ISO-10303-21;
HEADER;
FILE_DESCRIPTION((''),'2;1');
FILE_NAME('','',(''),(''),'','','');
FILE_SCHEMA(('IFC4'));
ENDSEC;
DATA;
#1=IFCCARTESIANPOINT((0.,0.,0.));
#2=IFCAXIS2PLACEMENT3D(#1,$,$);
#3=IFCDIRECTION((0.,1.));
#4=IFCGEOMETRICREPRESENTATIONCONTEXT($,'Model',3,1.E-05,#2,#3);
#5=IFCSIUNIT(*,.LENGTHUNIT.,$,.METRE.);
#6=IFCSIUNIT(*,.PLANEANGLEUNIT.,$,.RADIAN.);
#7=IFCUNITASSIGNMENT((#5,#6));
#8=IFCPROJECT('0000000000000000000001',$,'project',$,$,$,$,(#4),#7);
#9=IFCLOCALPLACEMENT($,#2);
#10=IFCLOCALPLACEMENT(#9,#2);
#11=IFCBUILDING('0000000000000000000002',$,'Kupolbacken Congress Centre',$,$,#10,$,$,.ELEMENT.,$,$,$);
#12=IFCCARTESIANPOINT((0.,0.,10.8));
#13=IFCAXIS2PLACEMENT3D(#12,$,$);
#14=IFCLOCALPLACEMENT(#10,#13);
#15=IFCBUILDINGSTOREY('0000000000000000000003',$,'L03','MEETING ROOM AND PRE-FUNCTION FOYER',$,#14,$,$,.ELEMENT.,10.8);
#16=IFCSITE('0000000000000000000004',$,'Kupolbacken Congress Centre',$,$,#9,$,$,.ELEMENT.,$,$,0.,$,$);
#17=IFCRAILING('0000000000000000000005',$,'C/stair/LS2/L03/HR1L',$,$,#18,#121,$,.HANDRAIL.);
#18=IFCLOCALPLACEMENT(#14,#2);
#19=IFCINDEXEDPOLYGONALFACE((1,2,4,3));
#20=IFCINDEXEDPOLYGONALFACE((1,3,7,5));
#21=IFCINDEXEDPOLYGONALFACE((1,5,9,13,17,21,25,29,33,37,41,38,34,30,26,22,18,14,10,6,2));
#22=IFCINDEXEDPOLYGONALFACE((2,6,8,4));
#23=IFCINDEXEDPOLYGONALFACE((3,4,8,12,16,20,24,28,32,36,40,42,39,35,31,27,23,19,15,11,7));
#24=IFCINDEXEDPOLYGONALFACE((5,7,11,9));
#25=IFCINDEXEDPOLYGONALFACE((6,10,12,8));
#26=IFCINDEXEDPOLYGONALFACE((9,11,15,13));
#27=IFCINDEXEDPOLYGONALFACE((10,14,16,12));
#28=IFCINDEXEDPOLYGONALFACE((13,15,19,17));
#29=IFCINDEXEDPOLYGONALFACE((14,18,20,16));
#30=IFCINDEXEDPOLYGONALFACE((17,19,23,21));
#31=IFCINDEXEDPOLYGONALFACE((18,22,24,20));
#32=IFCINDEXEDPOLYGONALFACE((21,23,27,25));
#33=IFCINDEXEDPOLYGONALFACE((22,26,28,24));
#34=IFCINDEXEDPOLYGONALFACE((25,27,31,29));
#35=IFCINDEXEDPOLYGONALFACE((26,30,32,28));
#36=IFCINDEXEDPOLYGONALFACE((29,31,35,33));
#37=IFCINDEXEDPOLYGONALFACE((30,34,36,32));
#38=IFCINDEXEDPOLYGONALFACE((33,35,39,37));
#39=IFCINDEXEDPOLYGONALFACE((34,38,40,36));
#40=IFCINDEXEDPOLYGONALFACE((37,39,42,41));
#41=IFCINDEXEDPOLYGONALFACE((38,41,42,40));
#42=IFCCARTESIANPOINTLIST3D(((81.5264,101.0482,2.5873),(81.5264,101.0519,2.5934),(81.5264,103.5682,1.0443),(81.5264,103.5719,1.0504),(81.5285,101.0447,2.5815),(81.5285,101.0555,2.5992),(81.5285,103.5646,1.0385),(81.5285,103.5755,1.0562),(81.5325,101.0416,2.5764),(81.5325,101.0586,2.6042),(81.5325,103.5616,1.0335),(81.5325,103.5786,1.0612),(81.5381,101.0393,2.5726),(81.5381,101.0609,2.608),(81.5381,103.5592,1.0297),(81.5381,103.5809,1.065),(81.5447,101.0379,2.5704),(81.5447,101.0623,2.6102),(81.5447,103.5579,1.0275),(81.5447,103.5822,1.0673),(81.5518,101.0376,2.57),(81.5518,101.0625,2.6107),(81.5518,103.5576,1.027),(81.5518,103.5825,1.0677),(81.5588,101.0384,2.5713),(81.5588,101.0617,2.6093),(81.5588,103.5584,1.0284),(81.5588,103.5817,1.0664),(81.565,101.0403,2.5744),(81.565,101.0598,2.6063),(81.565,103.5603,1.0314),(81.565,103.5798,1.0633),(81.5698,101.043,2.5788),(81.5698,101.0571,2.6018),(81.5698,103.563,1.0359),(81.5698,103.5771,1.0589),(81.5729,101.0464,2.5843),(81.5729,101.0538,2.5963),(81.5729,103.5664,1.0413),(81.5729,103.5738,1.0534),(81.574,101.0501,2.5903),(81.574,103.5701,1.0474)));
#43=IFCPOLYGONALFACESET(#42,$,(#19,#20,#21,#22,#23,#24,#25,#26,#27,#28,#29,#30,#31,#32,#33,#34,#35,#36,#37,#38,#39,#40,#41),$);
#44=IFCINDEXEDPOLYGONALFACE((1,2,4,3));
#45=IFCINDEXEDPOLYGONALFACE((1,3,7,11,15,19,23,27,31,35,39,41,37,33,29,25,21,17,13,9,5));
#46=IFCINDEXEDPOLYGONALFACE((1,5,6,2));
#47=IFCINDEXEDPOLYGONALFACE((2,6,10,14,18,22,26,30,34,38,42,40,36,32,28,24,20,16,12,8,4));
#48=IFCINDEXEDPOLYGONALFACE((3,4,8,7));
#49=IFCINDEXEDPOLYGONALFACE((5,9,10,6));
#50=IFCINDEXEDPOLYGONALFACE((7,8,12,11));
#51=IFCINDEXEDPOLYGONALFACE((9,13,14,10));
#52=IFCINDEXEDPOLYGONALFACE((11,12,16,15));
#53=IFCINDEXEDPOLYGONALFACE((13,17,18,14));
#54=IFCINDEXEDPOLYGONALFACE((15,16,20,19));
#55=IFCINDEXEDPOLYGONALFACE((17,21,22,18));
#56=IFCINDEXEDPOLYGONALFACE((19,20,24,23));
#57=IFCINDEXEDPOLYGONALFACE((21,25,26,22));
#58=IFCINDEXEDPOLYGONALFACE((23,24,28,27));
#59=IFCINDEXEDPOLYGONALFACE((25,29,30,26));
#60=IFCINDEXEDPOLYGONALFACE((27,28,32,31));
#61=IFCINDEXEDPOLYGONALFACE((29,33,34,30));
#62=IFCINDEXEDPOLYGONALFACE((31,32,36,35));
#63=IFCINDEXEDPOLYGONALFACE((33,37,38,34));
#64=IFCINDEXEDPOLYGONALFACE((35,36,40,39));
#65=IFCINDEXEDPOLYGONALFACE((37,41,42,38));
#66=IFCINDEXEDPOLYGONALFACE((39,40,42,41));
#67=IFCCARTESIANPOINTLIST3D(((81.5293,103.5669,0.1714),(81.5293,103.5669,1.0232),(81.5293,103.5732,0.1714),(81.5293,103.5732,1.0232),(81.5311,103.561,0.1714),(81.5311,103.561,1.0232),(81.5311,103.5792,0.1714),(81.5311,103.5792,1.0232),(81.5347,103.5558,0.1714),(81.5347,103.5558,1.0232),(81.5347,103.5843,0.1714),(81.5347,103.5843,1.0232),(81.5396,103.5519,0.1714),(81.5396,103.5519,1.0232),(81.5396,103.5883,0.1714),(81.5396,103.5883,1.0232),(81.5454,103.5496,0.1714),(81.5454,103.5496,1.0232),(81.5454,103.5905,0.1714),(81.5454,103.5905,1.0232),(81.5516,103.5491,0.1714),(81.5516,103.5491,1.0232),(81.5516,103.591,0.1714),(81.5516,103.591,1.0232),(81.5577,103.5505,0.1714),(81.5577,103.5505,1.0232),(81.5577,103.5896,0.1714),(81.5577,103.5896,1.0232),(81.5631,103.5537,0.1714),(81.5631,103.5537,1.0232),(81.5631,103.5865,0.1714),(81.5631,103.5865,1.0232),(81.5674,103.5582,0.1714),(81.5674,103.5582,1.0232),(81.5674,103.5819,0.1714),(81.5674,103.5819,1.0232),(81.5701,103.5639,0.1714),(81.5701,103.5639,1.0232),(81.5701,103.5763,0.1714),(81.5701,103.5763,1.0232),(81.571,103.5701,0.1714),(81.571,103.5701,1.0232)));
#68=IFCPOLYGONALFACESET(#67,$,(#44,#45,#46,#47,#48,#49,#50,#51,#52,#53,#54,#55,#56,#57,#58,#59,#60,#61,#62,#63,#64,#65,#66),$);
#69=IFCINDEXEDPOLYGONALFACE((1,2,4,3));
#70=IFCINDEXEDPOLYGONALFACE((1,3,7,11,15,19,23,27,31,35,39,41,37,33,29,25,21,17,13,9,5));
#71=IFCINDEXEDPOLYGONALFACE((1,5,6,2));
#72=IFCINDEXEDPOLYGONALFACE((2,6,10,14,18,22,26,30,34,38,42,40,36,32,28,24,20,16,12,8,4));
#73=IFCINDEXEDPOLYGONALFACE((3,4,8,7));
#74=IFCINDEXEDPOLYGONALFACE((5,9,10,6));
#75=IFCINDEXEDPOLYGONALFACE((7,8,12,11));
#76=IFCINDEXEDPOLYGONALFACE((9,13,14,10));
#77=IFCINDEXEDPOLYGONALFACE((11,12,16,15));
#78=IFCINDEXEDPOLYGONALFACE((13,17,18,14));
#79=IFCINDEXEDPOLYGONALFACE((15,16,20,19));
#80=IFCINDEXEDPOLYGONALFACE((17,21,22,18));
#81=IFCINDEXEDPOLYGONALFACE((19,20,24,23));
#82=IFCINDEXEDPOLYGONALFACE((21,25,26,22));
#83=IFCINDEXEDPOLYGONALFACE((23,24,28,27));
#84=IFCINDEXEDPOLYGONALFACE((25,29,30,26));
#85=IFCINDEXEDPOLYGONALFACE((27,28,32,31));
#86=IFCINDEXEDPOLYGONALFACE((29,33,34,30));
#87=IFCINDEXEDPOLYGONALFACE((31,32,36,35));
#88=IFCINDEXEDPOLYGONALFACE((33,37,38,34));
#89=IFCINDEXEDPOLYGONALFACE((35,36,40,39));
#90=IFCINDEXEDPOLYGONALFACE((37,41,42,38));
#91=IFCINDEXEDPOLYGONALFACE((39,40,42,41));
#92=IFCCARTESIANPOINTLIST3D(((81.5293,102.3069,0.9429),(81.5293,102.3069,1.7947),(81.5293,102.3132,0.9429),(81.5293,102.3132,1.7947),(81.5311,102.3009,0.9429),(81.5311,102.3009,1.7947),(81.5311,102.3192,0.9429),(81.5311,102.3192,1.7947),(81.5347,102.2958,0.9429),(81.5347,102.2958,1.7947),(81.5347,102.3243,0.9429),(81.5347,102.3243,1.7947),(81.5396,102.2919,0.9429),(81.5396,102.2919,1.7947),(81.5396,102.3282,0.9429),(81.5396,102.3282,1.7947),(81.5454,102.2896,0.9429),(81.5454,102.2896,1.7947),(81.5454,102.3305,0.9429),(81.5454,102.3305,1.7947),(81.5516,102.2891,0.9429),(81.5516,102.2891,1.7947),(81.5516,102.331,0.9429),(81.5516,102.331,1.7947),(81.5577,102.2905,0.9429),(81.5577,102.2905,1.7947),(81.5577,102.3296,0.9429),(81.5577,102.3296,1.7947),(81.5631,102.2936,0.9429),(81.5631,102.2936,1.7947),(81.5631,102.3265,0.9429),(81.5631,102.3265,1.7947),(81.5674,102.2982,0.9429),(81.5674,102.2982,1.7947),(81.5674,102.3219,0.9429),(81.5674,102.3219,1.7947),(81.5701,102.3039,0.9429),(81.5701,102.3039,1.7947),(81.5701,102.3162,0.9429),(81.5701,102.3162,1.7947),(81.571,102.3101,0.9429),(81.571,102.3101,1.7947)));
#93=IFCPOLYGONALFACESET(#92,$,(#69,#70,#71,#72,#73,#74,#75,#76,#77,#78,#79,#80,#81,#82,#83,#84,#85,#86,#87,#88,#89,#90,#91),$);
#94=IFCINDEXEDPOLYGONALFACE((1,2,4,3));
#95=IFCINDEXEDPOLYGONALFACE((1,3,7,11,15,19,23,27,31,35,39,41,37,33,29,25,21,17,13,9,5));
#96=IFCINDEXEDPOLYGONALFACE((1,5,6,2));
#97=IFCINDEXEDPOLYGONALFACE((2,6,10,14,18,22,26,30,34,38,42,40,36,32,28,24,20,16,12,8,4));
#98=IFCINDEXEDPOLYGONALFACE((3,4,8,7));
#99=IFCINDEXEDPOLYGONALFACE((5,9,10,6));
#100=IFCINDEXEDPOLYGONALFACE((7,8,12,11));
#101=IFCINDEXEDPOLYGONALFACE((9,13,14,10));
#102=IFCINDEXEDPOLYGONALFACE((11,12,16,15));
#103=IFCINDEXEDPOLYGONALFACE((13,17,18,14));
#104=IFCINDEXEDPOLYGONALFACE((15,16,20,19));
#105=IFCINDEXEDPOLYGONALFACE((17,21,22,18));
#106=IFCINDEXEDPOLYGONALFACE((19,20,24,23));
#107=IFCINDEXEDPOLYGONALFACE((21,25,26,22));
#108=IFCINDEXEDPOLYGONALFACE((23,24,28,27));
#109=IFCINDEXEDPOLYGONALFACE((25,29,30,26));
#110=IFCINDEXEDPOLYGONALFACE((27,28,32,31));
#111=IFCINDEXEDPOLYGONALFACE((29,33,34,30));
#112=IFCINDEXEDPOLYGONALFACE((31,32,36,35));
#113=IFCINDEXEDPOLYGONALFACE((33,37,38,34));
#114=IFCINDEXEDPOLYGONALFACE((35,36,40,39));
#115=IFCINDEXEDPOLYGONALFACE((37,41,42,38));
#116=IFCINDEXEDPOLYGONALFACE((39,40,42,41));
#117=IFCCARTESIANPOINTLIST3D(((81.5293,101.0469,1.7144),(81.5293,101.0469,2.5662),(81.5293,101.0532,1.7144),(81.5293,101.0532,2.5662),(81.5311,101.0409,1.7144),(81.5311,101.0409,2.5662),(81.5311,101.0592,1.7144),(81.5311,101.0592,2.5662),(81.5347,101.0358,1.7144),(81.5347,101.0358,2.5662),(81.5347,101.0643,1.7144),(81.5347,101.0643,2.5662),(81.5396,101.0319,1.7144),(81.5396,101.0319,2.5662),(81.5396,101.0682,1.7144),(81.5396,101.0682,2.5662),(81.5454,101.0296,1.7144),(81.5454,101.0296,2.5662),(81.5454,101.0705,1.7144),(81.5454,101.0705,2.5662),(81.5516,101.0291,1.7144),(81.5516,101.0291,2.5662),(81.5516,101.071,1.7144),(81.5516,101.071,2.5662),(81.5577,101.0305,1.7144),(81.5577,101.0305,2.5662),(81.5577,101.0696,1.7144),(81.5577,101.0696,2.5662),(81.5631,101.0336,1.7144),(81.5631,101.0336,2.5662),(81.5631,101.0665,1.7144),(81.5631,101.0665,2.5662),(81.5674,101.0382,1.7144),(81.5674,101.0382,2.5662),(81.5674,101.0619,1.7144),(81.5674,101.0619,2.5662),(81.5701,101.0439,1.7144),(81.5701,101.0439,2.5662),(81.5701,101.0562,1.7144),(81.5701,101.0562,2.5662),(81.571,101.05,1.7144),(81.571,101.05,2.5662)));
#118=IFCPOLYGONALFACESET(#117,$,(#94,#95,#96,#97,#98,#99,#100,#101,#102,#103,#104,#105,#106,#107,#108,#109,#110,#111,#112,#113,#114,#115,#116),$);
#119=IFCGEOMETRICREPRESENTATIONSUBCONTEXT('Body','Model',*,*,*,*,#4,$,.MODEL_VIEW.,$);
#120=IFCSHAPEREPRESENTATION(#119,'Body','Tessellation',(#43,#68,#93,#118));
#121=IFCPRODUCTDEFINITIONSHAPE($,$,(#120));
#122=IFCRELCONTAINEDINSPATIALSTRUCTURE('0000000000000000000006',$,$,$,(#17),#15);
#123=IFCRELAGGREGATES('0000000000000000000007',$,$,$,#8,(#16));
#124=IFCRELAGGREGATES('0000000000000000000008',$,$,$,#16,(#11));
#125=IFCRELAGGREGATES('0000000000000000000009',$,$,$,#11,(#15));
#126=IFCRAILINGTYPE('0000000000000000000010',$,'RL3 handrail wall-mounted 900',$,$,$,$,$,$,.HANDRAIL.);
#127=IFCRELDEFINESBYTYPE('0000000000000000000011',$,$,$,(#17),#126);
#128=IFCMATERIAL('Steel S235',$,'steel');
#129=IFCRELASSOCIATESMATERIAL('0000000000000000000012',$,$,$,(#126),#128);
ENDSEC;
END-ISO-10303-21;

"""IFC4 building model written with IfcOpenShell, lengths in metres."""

from ifc_helpers import new_model, si_unit, direction, frame, origin, origin_2d, place, context, subcontext, project, spatial, circle, extrude, material, type_object, element, save


model = new_model("IFC4")

# Units and contexts
model_context = context("Model", 3, precision=1e-05, world=origin(), true_north=direction((0.0, 1.0)))
body_context = subcontext(model_context, "Body", "Model", "MODEL_VIEW")
ifc_project = project(units=[si_unit("LENGTHUNIT", "METRE"), si_unit("PLANEANGLEUNIT", "RADIAN")], contexts=[model_context])

# Site, building, storey
site_placement = place(None, origin())
site = spatial("IfcSite", under=ifc_project, at=site_placement, Name="Kupolbacken Congress Centre", CompositionType="ELEMENT", RefElevation=0.0)
building_placement = place(site_placement, origin())
building = spatial("IfcBuilding", under=site, at=building_placement, Name="Kupolbacken Congress Centre", CompositionType="ELEMENT")
storey_placement = place(building_placement, frame((0.0, 0.0, 10.8)))
storey = spatial("IfcBuildingStorey", under=building, at=storey_placement, Name="L03", Description="MEETING ROOM AND PRE-FUNCTION FOYER", CompositionType="ELEMENT", Elevation=10.8)

# Railing
ifc_material_1 = material(Name="Steel S235", Category="steel")
railing_type = type_object("IfcRailingType", Name="RL3 handrail wall-mounted 900", PredefinedType="HANDRAIL", material=ifc_material_1)
railing_1_placement = place(storey_placement, frame((81.55, 103.5701, 0.1714)))
element("IfcRailing", 1, at=railing_1_placement, inside=storey, type_object=railing_type, Name="C/stair/LS2/L03/HR1L", PredefinedType="HANDRAIL", context=body_context, shape_type="SweptSolid", body=[
    extrude(circle(Radius=0.0239, at=origin_2d()), frame((0.0, 0.0, 0.876), z_axis=(0.0, -0.852836, 0.522178), x_axis=(1.0, 0.0, 0.0)), (0.0, 0.0, 1.0), 2.9548),
    extrude(circle(Radius=0.021, at=origin_2d()), origin(), (0.0, 0.0, 1.0), 0.8518),
    extrude(circle(Radius=0.021, at=origin_2d()), frame((0.0, -1.26, 0.7715)), (0.0, 0.0, 1.0), 0.8518),
    extrude(circle(Radius=0.021, at=origin_2d()), frame((0.0, -2.52, 1.543)), (0.0, 0.0, 1.0), 0.8518),
])

save(model, "model.ifc")
